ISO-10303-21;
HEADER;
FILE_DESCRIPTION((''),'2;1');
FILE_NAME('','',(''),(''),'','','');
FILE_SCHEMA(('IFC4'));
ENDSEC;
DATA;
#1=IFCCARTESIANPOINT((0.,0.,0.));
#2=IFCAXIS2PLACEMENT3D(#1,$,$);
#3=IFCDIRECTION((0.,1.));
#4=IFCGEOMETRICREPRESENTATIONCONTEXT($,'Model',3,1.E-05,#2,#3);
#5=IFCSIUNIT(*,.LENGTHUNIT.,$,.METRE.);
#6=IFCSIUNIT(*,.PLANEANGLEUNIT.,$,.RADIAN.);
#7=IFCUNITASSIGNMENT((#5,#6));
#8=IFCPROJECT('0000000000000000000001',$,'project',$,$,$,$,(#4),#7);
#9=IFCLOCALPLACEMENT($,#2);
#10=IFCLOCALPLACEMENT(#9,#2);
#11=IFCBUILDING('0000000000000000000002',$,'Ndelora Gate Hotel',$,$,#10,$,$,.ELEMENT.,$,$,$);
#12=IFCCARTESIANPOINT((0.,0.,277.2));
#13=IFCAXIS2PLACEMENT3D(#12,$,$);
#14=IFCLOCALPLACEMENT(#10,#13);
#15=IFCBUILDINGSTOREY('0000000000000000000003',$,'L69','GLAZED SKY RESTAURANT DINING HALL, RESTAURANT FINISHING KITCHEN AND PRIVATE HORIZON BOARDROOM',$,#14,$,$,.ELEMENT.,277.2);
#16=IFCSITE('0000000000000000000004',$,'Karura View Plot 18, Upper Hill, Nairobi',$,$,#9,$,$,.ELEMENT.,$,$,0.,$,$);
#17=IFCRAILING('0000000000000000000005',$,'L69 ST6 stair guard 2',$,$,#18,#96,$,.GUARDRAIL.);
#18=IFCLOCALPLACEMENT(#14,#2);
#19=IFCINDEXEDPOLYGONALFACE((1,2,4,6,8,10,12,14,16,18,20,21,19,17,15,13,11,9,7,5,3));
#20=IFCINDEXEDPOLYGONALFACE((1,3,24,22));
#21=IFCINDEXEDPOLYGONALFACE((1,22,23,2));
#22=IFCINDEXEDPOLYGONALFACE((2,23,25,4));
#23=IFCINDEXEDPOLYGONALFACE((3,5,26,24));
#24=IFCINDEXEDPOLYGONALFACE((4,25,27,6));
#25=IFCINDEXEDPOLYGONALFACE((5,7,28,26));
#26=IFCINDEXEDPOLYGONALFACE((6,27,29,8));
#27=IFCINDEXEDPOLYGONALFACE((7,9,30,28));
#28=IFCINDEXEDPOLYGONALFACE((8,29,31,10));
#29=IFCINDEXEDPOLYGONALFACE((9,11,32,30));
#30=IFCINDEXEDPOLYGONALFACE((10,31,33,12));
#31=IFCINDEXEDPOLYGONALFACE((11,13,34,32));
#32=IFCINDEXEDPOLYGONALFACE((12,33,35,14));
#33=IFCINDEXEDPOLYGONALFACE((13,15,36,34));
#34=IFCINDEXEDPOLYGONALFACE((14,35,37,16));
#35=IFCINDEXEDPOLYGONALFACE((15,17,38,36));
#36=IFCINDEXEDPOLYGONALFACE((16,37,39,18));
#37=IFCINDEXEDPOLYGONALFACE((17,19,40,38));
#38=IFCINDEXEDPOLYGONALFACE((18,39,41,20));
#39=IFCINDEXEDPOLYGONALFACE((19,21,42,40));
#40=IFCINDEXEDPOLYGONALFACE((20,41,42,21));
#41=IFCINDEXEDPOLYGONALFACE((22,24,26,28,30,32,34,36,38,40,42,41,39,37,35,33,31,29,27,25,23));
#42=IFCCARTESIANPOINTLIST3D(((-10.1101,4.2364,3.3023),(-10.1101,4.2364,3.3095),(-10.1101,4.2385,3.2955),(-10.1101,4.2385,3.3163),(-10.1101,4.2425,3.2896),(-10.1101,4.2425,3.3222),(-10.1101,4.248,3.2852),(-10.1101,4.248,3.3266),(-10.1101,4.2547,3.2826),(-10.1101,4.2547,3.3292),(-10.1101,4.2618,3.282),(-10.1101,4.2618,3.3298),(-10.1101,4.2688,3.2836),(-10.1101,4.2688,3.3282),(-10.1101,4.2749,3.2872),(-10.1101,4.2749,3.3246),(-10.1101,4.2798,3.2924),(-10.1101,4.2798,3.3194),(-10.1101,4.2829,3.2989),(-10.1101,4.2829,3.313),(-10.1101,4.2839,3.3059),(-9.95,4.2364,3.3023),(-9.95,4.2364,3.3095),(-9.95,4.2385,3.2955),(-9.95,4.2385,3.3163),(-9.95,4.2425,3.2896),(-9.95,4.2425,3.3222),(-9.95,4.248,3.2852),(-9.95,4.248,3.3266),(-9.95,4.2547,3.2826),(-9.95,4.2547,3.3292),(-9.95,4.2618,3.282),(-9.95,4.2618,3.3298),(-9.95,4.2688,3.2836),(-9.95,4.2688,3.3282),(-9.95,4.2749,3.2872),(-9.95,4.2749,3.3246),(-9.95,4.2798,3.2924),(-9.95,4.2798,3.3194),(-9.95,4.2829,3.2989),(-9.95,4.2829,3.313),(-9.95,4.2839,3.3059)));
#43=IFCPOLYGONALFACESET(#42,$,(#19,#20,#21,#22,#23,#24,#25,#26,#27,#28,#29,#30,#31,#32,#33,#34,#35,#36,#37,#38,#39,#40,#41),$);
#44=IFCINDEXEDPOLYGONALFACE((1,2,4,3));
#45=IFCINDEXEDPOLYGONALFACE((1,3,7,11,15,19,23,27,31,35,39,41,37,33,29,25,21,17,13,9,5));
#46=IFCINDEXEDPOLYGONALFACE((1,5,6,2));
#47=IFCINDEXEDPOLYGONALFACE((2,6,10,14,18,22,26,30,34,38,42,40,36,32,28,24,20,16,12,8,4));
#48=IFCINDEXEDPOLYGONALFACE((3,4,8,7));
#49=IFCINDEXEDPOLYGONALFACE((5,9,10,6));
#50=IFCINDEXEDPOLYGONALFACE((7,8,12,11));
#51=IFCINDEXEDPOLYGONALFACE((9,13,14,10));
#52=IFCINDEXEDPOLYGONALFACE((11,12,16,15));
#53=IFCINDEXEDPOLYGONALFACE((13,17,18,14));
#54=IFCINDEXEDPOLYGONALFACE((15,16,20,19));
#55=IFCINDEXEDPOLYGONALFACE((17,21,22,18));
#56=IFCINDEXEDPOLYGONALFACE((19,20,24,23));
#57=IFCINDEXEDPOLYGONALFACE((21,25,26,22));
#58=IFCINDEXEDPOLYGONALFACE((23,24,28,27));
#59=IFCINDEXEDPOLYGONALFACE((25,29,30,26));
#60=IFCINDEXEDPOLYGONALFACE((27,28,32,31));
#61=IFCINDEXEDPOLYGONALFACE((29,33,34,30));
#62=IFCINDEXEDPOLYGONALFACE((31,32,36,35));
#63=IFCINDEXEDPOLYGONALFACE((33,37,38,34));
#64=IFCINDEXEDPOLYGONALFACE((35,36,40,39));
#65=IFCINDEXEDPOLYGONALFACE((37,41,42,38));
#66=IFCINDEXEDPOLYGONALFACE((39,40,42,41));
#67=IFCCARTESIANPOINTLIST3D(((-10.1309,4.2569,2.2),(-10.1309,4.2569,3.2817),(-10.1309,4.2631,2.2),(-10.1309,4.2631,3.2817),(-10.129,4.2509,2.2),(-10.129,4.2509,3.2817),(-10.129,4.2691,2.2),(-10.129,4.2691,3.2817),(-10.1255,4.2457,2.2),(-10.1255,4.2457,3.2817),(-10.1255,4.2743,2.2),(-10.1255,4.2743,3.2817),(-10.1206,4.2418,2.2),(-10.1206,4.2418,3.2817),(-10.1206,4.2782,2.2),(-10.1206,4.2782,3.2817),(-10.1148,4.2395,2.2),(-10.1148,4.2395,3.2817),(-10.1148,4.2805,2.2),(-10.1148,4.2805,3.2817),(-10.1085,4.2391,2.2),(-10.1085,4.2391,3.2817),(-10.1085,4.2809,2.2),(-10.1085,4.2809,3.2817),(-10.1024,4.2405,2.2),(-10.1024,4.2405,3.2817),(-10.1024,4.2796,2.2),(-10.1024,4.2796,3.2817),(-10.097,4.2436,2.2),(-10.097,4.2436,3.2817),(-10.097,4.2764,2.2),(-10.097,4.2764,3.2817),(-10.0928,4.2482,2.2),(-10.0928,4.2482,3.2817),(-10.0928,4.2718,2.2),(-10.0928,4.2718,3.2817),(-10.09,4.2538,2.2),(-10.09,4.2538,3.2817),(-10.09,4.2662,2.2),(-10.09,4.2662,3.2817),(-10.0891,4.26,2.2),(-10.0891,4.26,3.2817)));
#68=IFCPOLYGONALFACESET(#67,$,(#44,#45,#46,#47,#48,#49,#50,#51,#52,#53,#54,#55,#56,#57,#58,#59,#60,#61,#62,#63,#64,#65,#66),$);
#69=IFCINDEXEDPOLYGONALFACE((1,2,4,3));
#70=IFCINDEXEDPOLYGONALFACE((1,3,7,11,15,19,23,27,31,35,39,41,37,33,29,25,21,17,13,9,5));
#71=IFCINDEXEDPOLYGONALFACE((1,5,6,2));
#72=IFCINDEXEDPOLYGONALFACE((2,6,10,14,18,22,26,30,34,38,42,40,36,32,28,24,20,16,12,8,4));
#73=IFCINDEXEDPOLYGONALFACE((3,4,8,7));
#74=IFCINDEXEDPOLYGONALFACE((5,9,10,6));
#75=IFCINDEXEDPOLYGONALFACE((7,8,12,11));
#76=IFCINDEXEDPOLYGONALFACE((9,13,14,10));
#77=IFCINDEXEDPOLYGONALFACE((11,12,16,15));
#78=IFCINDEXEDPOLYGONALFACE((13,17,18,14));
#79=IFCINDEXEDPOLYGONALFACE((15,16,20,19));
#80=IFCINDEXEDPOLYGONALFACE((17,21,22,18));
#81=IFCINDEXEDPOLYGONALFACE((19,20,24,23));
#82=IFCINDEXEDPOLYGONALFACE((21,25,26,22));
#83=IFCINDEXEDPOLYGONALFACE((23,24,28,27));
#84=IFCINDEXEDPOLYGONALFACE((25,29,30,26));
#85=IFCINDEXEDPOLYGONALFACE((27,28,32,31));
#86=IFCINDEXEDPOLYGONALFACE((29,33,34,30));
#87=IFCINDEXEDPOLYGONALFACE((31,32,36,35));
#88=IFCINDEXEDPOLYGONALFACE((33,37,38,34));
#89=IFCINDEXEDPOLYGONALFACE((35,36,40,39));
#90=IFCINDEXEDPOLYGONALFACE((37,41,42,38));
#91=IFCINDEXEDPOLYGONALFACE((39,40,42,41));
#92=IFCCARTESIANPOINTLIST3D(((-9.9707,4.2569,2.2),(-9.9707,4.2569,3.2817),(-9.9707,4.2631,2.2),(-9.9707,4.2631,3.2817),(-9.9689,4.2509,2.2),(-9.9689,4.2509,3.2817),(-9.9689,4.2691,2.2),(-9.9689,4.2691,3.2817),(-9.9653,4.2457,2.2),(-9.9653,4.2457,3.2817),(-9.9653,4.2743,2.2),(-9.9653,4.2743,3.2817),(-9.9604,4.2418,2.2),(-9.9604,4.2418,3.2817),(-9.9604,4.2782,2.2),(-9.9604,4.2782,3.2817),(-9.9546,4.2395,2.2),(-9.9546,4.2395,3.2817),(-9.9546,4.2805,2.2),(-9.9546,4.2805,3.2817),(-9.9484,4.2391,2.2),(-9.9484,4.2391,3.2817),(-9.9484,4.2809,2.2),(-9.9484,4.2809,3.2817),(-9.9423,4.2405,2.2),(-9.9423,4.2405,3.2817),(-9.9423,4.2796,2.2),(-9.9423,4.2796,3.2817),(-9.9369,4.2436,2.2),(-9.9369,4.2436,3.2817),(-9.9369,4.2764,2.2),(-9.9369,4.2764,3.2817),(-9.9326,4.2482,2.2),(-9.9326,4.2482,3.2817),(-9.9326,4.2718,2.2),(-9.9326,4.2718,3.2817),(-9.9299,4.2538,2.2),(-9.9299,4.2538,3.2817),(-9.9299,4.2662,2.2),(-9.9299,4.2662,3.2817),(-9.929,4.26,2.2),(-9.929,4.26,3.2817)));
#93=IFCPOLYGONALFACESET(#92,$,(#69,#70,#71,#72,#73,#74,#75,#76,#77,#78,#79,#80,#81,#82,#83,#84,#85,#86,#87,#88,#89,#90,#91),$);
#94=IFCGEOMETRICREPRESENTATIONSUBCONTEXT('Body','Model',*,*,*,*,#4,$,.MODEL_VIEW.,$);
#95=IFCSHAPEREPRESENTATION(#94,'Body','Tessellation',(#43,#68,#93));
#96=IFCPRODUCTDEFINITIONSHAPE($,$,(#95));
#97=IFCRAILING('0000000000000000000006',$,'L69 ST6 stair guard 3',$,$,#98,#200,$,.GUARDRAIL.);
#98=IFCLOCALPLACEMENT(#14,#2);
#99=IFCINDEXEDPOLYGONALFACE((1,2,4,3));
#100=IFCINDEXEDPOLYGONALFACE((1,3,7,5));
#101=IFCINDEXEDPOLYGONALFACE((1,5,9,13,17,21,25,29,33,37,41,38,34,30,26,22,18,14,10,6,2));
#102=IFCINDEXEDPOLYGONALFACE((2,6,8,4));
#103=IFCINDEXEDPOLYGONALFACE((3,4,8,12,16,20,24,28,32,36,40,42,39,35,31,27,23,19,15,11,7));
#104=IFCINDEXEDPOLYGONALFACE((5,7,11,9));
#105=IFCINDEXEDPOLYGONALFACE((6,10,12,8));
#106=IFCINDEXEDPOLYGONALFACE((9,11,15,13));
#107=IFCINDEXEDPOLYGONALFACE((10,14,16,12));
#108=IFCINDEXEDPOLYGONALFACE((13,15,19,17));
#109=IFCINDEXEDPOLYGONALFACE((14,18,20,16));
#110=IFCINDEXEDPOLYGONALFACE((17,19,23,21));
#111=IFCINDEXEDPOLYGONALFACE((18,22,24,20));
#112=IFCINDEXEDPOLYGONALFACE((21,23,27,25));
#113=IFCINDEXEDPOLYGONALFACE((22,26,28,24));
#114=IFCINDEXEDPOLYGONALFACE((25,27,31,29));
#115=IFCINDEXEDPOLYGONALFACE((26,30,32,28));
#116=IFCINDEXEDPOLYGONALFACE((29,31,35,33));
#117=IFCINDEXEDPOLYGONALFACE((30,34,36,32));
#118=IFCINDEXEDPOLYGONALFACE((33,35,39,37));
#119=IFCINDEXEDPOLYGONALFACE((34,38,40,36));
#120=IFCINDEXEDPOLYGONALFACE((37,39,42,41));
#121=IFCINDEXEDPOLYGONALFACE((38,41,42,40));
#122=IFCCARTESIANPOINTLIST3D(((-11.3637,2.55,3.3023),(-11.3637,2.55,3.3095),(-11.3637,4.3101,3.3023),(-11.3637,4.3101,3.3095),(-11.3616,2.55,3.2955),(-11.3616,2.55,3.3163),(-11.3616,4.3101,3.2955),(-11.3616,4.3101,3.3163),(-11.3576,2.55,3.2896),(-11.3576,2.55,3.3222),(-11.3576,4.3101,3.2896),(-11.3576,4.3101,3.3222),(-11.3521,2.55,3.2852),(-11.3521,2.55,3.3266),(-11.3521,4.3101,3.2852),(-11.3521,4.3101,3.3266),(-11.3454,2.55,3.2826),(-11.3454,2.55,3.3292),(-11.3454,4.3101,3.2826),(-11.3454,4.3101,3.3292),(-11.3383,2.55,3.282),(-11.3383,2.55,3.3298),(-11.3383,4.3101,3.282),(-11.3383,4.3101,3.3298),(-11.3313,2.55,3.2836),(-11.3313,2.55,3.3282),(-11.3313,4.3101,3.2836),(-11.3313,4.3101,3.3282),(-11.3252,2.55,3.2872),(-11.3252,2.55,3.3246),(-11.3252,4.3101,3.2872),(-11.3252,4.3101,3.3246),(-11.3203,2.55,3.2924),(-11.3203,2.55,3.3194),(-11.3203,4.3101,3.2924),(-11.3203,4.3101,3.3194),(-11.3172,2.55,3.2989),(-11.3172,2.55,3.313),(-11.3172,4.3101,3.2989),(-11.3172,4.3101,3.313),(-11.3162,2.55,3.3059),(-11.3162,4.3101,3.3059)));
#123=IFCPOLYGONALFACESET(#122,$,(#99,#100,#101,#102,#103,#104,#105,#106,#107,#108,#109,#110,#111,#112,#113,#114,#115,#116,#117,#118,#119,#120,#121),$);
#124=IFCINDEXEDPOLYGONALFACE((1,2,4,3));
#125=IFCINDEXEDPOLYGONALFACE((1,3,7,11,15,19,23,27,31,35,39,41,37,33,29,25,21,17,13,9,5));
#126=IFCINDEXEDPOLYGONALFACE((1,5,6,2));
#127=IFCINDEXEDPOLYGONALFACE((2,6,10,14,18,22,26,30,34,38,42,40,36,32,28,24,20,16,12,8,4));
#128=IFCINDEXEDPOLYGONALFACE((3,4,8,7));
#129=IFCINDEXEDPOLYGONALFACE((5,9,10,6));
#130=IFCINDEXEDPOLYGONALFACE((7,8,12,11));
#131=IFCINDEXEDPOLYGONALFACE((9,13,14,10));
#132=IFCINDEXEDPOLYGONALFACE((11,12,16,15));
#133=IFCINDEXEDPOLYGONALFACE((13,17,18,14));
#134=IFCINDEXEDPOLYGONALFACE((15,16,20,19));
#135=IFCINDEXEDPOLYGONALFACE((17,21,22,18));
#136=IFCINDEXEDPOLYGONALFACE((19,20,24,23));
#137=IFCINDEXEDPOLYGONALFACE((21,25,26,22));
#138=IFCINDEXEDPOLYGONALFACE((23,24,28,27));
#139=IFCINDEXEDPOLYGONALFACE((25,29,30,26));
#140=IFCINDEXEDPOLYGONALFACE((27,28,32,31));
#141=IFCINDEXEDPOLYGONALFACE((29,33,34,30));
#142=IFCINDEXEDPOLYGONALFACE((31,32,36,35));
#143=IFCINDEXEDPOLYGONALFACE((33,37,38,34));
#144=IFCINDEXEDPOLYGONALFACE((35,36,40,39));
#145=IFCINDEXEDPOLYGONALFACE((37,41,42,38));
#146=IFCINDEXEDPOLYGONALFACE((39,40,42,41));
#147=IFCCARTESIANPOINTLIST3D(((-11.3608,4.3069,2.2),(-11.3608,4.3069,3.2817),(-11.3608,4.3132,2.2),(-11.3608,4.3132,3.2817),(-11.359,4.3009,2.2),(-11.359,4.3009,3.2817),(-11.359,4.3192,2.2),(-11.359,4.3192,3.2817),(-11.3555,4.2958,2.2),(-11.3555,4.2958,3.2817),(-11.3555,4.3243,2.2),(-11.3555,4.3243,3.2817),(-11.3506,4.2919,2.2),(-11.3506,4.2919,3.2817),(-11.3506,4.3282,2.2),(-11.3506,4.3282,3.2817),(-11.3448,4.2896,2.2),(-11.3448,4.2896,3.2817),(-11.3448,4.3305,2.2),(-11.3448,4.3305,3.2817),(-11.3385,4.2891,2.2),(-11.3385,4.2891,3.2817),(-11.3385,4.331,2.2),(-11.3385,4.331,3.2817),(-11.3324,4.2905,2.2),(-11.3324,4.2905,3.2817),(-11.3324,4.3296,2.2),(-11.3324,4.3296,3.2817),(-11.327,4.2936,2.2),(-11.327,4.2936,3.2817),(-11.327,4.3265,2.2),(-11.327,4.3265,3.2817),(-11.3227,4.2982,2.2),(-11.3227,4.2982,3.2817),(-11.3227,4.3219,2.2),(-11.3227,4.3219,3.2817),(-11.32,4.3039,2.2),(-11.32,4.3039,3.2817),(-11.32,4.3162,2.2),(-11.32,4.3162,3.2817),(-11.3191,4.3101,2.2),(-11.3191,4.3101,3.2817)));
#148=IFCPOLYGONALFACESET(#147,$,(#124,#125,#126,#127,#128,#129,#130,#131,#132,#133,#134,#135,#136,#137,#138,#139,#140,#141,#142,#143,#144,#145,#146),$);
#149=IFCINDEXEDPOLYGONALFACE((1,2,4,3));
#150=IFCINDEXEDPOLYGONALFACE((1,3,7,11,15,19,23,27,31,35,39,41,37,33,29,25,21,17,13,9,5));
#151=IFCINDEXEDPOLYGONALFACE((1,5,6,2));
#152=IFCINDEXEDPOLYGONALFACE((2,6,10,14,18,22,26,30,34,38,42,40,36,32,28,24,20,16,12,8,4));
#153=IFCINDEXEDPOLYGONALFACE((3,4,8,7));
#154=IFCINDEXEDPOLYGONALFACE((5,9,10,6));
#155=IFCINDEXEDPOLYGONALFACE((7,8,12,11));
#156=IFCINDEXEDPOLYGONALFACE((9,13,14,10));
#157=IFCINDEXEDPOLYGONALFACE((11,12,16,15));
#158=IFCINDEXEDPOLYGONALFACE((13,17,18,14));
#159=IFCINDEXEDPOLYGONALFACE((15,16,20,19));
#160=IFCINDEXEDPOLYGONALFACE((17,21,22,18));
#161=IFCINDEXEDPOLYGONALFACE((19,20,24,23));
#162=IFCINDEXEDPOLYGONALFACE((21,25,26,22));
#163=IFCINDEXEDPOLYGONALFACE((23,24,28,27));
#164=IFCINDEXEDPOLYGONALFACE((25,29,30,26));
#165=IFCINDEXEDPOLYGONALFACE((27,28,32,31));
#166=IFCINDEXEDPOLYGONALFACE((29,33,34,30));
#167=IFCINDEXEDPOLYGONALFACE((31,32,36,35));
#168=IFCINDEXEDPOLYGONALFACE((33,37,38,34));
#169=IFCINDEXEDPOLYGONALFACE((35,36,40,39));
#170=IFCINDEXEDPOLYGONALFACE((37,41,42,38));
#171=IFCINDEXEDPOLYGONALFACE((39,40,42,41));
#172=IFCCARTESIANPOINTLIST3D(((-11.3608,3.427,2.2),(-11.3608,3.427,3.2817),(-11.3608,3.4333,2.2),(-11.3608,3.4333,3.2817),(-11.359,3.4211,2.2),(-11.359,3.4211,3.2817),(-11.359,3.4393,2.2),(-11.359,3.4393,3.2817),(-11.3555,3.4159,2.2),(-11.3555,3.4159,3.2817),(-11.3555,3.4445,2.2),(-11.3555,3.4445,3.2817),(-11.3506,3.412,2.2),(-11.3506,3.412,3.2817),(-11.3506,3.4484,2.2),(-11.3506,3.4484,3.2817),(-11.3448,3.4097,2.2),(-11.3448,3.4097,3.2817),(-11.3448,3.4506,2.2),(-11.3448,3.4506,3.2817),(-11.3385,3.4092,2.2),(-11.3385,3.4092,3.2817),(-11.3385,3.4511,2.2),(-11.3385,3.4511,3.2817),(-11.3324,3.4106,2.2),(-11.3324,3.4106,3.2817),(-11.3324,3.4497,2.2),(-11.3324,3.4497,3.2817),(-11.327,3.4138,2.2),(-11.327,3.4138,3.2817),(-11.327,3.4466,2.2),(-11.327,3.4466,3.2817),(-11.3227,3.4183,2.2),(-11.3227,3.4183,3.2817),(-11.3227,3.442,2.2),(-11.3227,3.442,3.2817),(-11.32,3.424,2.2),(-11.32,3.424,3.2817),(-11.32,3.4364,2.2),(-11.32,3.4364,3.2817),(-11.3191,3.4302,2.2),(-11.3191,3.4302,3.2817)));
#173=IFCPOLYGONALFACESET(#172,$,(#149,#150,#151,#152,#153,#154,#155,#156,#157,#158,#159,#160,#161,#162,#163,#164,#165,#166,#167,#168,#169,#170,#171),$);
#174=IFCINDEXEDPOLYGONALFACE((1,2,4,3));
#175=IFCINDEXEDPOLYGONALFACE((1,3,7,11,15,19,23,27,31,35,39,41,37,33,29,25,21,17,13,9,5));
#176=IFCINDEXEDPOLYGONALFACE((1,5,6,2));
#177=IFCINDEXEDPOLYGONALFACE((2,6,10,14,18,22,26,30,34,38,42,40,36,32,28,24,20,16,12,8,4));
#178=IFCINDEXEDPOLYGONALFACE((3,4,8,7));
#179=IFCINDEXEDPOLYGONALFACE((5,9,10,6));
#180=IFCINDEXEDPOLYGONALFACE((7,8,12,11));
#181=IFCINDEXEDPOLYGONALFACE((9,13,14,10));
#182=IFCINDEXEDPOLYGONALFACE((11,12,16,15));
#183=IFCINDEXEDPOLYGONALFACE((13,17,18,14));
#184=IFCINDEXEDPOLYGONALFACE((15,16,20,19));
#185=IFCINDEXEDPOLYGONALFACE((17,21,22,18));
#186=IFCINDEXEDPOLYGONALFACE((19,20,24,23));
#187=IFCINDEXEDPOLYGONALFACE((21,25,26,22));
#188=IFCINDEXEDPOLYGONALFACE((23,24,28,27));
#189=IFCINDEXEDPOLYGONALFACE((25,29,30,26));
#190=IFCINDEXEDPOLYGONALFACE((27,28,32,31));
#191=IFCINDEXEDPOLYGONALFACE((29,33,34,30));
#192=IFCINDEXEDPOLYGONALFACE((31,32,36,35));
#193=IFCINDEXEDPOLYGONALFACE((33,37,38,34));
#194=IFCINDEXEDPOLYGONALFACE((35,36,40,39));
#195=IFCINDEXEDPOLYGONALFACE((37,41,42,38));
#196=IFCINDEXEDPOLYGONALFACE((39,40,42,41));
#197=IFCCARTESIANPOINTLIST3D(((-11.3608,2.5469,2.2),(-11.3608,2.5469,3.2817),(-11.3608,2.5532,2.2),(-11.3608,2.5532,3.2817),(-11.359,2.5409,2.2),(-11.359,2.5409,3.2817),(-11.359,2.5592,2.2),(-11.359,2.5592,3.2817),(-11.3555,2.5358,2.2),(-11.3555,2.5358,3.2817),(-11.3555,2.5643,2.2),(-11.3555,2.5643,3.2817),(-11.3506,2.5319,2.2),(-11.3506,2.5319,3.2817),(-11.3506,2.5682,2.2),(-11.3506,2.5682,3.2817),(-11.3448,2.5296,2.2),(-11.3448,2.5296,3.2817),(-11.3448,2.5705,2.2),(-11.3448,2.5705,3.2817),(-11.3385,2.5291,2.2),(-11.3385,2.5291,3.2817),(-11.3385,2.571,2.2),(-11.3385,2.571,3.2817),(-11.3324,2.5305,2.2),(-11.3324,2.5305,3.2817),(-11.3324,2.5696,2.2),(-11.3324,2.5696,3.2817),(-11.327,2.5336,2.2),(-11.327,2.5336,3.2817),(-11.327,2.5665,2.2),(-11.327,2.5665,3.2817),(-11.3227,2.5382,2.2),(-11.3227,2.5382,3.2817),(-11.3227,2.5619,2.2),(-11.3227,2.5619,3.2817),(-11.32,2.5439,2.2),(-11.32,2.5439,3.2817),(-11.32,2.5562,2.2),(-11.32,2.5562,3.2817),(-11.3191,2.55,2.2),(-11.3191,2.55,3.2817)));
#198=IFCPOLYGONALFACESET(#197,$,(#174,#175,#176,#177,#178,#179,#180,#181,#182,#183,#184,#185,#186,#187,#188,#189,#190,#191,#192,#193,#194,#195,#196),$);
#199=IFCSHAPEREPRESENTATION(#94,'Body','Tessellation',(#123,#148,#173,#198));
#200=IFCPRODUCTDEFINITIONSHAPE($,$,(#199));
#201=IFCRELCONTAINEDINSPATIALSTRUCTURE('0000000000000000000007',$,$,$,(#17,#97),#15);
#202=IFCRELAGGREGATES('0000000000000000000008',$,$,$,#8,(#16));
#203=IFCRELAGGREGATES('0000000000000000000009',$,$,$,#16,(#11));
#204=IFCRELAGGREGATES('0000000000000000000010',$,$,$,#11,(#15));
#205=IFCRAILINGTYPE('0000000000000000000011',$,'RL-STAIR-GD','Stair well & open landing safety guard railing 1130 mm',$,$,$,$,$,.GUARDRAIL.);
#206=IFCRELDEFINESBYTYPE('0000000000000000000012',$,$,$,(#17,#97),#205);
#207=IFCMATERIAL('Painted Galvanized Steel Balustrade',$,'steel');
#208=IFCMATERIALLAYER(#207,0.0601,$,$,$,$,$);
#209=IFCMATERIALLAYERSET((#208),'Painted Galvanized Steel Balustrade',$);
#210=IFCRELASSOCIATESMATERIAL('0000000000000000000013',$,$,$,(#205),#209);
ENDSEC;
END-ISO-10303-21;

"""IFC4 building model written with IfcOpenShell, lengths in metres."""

from ifc_helpers import new_model, si_unit, direction, frame, origin, origin_2d, place, context, subcontext, project, spatial, circle, extrude, material, layer, layer_set, type_object, element, save


model = new_model("IFC4")

# Units and contexts
model_context = context("Model", 3, precision=1e-05, world=origin(), true_north=direction((0.0, 1.0)))
body_context = subcontext(model_context, "Body", "Model", "MODEL_VIEW")
ifc_project = project(units=[si_unit("LENGTHUNIT", "METRE"), si_unit("PLANEANGLEUNIT", "RADIAN")], contexts=[model_context])

# Site, building, storey
site_placement = place(None, origin())
site = spatial("IfcSite", under=ifc_project, at=site_placement, Name="Karura View Plot 18, Upper Hill, Nairobi", CompositionType="ELEMENT", RefElevation=0.0)
building_placement = place(site_placement, origin())
building = spatial("IfcBuilding", under=site, at=building_placement, Name="Ndelora Gate Hotel", CompositionType="ELEMENT")
storey_placement = place(building_placement, frame((0.0, 0.0, 277.2)))
storey = spatial("IfcBuildingStorey", under=building, at=storey_placement, Name="L69", Description="GLAZED SKY RESTAURANT DINING HALL, RESTAURANT FINISHING KITCHEN AND PRIVATE HORIZON BOARDROOM", CompositionType="ELEMENT", Elevation=277.2)

# Railings
ifc_material_1 = material(Name="Painted Galvanized Steel Balustrade", Category="steel")
ifc_layer_1 = layer(ifc_material_1, 0.0601)
ifc_layer_set_1 = layer_set([ifc_layer_1], Name="Painted Galvanized Steel Balustrade")
railing_type_1 = type_object("IfcRailingType", Name="RL-STAIR-GD", Description="Stair well & open landing safety guard railing 1130 mm", PredefinedType="GUARDRAIL", material=ifc_layer_set_1)
railing_1_placement = place(storey_placement, frame((-10.1101, 4.26, 2.2)))
element("IfcRailing", 1, at=railing_1_placement, inside=storey, type_object=railing_type_1, Name="L69 ST6 stair guard 2", PredefinedType="GUARDRAIL", context=body_context, shape_type="SweptSolid", body=[
    extrude(circle(Radius=0.0239, at=origin_2d()), frame((0.0, 0.0, 1.106), z_axis=(1.0, 0.0, 0.0), x_axis=(0.0, 1.0, 0.0)), (0.0, 0.0, 1.0), 0.1602),
    extrude(circle(Radius=0.021, at=origin_2d()), origin(), (0.0, 0.0, 1.0), 1.0818),
    extrude(circle(Radius=0.021, at=origin_2d()), frame((0.1602, 0.0, 0.0)), (0.0, 0.0, 1.0), 1.0818),
])
railing_2_placement = place(storey_placement, frame((-11.3401, 4.3101, 2.2)))
element("IfcRailing", 2, at=railing_2_placement, inside=storey, type_object=railing_type_1, Name="L69 ST6 stair guard 3", PredefinedType="GUARDRAIL", context=body_context, shape_type="SweptSolid", body=[
    extrude(circle(Radius=0.0239, at=origin_2d()), frame((0.0, 0.0, 1.106), z_axis=(0.0, -1.0, 0.0), x_axis=(1.0, 0.0, 0.0)), (0.0, 0.0, 1.0), 1.76),
    extrude(circle(Radius=0.021, at=origin_2d()), origin(), (0.0, 0.0, 1.0), 1.0818),
    extrude(circle(Radius=0.021, at=origin_2d()), frame((0.0, -0.8799, 0.0)), (0.0, 0.0, 1.0), 1.0818),
    extrude(circle(Radius=0.021, at=origin_2d()), frame((0.0, -1.76, 0.0)), (0.0, 0.0, 1.0), 1.0818),
])

save(model, "model.ifc")
